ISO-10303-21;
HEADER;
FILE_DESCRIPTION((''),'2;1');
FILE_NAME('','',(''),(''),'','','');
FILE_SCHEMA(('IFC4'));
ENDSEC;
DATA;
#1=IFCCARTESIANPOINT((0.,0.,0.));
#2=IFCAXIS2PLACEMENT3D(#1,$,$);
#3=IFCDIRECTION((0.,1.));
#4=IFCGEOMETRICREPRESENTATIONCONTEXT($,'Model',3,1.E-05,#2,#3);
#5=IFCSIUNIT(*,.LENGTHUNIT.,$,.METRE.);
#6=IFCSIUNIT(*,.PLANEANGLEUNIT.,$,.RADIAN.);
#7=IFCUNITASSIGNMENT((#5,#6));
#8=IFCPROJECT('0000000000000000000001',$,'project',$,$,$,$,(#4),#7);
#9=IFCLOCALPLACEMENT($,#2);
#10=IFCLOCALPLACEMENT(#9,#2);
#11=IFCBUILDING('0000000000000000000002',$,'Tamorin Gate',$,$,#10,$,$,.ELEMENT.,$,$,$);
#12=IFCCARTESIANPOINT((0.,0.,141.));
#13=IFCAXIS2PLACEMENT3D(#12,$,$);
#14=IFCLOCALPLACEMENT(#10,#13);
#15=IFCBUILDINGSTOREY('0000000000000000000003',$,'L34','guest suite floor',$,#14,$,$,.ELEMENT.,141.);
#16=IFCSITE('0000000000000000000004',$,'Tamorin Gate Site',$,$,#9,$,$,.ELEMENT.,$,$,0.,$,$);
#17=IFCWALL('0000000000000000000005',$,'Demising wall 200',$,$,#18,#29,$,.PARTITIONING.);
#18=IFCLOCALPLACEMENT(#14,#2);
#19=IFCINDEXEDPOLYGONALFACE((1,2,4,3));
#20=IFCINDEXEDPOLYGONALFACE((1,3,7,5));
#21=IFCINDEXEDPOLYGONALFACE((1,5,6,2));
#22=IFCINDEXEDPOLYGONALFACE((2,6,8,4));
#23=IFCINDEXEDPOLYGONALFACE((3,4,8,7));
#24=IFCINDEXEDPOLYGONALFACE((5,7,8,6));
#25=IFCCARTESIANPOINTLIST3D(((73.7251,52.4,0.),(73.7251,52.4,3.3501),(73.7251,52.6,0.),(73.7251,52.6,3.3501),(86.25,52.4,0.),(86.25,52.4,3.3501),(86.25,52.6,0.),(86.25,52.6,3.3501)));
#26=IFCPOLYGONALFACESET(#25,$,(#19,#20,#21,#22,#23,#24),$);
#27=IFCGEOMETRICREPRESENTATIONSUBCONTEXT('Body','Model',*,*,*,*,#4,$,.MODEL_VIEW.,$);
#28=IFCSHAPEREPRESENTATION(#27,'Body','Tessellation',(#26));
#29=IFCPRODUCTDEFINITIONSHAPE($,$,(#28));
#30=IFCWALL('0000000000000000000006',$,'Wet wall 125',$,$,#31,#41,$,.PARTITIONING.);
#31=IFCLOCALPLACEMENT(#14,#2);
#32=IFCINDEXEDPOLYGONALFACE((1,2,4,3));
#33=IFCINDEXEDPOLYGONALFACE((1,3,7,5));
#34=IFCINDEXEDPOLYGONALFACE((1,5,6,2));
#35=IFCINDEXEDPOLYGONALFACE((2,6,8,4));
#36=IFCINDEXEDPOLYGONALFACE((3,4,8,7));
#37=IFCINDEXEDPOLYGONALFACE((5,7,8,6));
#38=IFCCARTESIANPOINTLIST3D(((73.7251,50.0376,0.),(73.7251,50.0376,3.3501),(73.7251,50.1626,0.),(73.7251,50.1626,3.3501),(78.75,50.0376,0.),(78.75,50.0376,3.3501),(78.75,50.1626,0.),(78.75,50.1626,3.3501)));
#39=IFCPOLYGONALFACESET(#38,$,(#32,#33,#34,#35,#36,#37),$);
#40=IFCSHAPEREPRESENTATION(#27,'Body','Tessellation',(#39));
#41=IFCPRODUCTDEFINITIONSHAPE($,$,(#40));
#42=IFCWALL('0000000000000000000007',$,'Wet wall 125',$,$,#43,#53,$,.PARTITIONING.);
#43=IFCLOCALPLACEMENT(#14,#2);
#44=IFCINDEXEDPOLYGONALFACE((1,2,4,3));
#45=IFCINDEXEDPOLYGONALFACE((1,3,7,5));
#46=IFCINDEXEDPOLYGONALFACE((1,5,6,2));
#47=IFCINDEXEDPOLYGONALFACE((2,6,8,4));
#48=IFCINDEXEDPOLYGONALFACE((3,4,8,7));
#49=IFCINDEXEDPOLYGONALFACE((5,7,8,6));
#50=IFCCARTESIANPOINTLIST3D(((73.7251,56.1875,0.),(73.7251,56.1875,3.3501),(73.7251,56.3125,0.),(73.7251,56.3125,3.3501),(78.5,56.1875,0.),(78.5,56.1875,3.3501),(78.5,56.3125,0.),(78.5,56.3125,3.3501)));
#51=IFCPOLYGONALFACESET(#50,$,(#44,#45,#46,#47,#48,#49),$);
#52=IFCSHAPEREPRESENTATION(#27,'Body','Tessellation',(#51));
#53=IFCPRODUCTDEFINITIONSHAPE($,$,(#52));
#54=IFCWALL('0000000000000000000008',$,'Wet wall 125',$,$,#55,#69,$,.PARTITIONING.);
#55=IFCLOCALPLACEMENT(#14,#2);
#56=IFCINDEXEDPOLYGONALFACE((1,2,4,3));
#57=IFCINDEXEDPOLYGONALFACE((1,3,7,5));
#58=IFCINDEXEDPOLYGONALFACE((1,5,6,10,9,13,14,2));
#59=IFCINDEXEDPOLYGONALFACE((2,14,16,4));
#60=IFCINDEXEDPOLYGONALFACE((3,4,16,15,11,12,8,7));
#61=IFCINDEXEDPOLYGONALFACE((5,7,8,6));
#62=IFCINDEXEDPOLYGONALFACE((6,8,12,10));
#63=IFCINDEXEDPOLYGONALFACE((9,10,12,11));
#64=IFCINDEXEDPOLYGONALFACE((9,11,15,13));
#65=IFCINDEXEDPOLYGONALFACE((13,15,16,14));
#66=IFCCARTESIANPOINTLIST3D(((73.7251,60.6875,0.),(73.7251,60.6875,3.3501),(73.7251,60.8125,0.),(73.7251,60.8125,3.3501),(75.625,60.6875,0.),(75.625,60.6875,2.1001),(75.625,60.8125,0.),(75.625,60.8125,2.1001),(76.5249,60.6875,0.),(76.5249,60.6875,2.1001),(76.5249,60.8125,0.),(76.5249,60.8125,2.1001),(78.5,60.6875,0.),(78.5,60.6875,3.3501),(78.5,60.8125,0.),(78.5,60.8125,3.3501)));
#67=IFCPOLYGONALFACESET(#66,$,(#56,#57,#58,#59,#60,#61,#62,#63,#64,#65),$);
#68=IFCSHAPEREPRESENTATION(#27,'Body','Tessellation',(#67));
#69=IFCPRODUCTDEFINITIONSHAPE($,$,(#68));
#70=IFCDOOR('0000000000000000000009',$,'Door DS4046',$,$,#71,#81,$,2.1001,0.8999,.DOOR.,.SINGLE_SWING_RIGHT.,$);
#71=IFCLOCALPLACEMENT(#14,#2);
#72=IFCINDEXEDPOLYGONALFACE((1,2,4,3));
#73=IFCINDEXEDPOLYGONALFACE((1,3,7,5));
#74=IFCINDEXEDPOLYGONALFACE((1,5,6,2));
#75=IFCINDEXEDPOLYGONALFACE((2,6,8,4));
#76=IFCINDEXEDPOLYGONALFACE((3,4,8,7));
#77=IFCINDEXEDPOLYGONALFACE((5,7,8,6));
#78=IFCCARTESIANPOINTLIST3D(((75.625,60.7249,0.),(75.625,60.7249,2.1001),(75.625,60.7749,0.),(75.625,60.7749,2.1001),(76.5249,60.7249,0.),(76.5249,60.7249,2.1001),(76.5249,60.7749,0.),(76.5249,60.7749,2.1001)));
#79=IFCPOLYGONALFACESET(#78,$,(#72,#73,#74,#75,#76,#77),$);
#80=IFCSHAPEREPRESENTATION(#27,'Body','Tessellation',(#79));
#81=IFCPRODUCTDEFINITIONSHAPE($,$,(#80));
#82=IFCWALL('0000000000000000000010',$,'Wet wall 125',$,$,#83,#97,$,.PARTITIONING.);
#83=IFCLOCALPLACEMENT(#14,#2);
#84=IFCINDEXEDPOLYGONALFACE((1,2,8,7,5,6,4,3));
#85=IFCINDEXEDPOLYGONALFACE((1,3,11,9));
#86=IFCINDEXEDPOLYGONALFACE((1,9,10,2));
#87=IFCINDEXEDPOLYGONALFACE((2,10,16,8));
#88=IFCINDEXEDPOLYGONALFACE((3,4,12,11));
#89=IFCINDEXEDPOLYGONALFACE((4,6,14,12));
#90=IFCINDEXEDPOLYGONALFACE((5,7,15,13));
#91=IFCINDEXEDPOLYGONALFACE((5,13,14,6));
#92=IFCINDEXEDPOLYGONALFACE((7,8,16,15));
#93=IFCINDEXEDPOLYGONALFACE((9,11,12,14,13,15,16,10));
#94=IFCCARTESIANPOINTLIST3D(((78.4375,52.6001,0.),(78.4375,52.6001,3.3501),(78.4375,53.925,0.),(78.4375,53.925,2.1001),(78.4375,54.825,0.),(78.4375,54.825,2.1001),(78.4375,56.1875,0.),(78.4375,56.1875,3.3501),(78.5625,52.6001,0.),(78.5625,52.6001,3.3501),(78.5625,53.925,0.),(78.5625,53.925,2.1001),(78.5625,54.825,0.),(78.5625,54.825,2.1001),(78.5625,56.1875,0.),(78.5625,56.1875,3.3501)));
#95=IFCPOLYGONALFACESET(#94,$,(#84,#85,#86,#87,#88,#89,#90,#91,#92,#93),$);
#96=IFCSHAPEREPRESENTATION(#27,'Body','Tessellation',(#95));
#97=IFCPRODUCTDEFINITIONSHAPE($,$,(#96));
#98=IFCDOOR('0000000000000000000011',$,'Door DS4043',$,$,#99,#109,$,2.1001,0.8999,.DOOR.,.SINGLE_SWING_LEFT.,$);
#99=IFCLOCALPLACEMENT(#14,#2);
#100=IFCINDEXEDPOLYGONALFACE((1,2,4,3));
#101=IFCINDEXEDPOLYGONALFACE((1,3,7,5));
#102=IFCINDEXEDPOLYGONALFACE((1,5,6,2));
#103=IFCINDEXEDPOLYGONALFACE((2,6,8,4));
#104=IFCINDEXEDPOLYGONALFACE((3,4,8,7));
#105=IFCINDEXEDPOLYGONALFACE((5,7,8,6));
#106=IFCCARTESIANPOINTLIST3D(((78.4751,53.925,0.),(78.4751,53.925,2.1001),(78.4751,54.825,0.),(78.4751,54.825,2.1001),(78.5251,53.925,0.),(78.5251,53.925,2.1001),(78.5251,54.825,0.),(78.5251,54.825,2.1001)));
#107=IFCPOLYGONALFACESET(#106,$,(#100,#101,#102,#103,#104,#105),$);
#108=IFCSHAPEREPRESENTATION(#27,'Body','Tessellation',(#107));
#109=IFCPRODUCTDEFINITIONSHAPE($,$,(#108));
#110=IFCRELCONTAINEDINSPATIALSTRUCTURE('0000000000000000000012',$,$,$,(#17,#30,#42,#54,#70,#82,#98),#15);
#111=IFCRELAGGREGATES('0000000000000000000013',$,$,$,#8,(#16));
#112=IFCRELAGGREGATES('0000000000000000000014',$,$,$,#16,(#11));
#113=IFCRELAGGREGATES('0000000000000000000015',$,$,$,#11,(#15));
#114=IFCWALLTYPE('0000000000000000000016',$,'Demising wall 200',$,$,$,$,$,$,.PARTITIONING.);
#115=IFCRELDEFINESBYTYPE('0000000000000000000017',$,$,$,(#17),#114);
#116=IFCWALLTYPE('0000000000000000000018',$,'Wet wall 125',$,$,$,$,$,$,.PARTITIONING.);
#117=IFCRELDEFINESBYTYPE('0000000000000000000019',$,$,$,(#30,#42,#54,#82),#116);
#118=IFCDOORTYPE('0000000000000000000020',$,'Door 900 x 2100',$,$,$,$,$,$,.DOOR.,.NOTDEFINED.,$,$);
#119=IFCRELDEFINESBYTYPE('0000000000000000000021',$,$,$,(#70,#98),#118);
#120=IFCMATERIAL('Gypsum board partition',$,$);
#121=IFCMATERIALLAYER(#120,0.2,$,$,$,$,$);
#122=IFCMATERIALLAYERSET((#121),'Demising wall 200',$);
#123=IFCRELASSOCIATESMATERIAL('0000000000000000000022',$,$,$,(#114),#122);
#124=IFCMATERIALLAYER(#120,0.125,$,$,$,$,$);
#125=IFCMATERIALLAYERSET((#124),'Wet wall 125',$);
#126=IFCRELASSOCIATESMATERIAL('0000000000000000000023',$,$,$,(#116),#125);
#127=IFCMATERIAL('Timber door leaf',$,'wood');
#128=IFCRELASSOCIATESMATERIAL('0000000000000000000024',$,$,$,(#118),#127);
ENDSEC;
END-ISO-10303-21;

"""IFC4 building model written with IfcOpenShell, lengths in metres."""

from ifc_helpers import new_model, si_unit, direction, frame, frame_2d, origin, place, context, subcontext, project, spatial, rectangle, extrude, material, layer, layer_set, type_object, element, fill, save


model = new_model("IFC4")

# Units and contexts
model_context = context("Model", 3, precision=1e-05, world=origin(), true_north=direction((0.0, 1.0)))
body_context = subcontext(model_context, "Body", "Model", "MODEL_VIEW")
ifc_project = project(units=[si_unit("LENGTHUNIT", "METRE"), si_unit("PLANEANGLEUNIT", "RADIAN")], contexts=[model_context])

# Site, building, storey
site_placement = place(None, origin())
site = spatial("IfcSite", under=ifc_project, at=site_placement, Name="Tamorin Gate Site", CompositionType="ELEMENT", RefElevation=0.0)
building_placement = place(site_placement, origin())
building = spatial("IfcBuilding", under=site, at=building_placement, Name="Tamorin Gate", CompositionType="ELEMENT")
storey_placement = place(building_placement, frame((0.0, 0.0, 141.0)))
storey = spatial("IfcBuildingStorey", under=building, at=storey_placement, Name="L34", Description="guest suite floor", CompositionType="ELEMENT", Elevation=141.0)

# Shared definitions
ifc_material_1 = material(Name="Gypsum board partition")
ifc_material_2 = material(Name="Timber door leaf", Category="wood")

# Walls
ifc_layer_1 = layer(ifc_material_1, 0.2)
ifc_layer_set_1 = layer_set([ifc_layer_1], Name="Demising wall 200")
wall_type_1 = type_object("IfcWallType", Name="Demising wall 200", PredefinedType="PARTITIONING", material=ifc_layer_set_1)
wall_1_placement = place(storey_placement, frame((73.7251, 52.5, 0.0), z_axis=(0.0, 0.0, 1.0), x_axis=(1.0, 0.0, 0.0)))
element("IfcWall", 1, at=wall_1_placement, inside=storey, type_object=wall_type_1, Name="Demising wall 200", PredefinedType="PARTITIONING", context=body_context, shape_type="SweptSolid", body=[
    extrude(rectangle(XDim=12.5249, YDim=0.2, at=frame_2d((6.2625, 0.0))), origin(), (0.0, 0.0, 1.0), 3.3501),
])
ifc_layer_2 = layer(ifc_material_1, 0.125)
ifc_layer_set_2 = layer_set([ifc_layer_2], Name="Wet wall 125")
wall_type_2 = type_object("IfcWallType", Name="Wet wall 125", PredefinedType="PARTITIONING", material=ifc_layer_set_2)
wall_2_placement = place(storey_placement, frame((73.7251, 50.1001, 0.0), z_axis=(0.0, 0.0, 1.0), x_axis=(1.0, 0.0, 0.0)))
element("IfcWall", 2, at=wall_2_placement, inside=storey, type_object=wall_type_2, Name="Wet wall 125", PredefinedType="PARTITIONING", context=body_context, shape_type="SweptSolid", body=[
    extrude(rectangle(XDim=5.0249, YDim=0.125, at=frame_2d((2.5125, 0.0))), origin(), (0.0, 0.0, 1.0), 3.3501),
])
wall_3_placement = place(storey_placement, frame((73.7251, 56.25, 0.0), z_axis=(0.0, 0.0, 1.0), x_axis=(1.0, 0.0, 0.0)))
element("IfcWall", 3, at=wall_3_placement, inside=storey, type_object=wall_type_2, Name="Wet wall 125", PredefinedType="PARTITIONING", context=body_context, shape_type="SweptSolid", body=[
    extrude(rectangle(XDim=4.7749, YDim=0.125, at=frame_2d((2.3875, 0.0))), origin(), (0.0, 0.0, 1.0), 3.3501),
])

# Walls, openings, doors
wall_4_placement = place(storey_placement, frame((73.7251, 60.75, 0.0), z_axis=(0.0, 0.0, 1.0), x_axis=(1.0, 0.0, 0.0)))
wall_4 = element("IfcWall", 4, at=wall_4_placement, inside=storey, type_object=wall_type_2, Name="Wet wall 125", PredefinedType="PARTITIONING", context=body_context, shape_type="SweptSolid", body=[
    extrude(rectangle(XDim=4.7749, YDim=0.125, at=frame_2d((2.3875, 0.0))), origin(), (0.0, 0.0, 1.0), 3.3501),
])
opening_1_placement = place(wall_4_placement, frame((1.8999, 0.0, 0.0)))
opening_1 = element("IfcOpeningElement", 5, at=opening_1_placement, cuts=wall_4, PredefinedType="OPENING", context=body_context, shape_type="SweptSolid", body=[
    extrude(rectangle(XDim=0.8999, YDim=2.1001, at=frame_2d((0.45, 1.05))), frame((0.0, 0.0725, 0.0), z_axis=(0.0, -1.0, 0.0), x_axis=(1.0, 0.0, 0.0)), (0.0, 0.0, 1.0), 0.145),
])
door_type_1 = type_object("IfcDoorType", Name="Door 900 x 2100", OperationType="NOTDEFINED", PredefinedType="DOOR", material=ifc_material_2)
door_1_placement = place(opening_1_placement, origin())
door_1 = element("IfcDoor", 6, at=door_1_placement, inside=storey, type_object=door_type_1, Name="Door DS4046", OperationType="SINGLE_SWING_RIGHT", OverallHeight=2.1001, OverallWidth=0.8999, PredefinedType="DOOR", context=body_context, shape_type="SweptSolid", body=[
    extrude(rectangle(XDim=0.8999, YDim=2.1001, at=frame_2d((0.45, 1.05))), frame((0.0, 0.0249, 0.0), z_axis=(0.0, -1.0, 0.0), x_axis=(1.0, 0.0, 0.0)), (0.0, 0.0, 1.0), 0.05),
])
fill(opening_1, door_1)
wall_5_placement = place(storey_placement, frame((78.5, 52.6001, 0.0), z_axis=(0.0, 0.0, 1.0), x_axis=(0.0, 1.0, 0.0)))
wall_5 = element("IfcWall", 7, at=wall_5_placement, inside=storey, type_object=wall_type_2, Name="Wet wall 125", PredefinedType="PARTITIONING", context=body_context, shape_type="SweptSolid", body=[
    extrude(rectangle(XDim=3.5874, YDim=0.125, at=frame_2d((1.7937, 0.0))), origin(), (0.0, 0.0, 1.0), 3.3501),
])
opening_2_placement = place(wall_5_placement, frame((1.325, 0.0, 0.0)))
opening_2 = element("IfcOpeningElement", 8, at=opening_2_placement, cuts=wall_5, PredefinedType="OPENING", context=body_context, shape_type="SweptSolid", body=[
    extrude(rectangle(XDim=0.8999, YDim=2.1001, at=frame_2d((0.45, 1.05))), frame((0.0, 0.0725, 0.0), z_axis=(0.0, -1.0, 0.0), x_axis=(1.0, 0.0, 0.0)), (0.0, 0.0, 1.0), 0.145),
])
door_2_placement = place(opening_2_placement, origin())
door_2 = element("IfcDoor", 9, at=door_2_placement, inside=storey, type_object=door_type_1, Name="Door DS4043", OperationType="SINGLE_SWING_LEFT", OverallHeight=2.1001, OverallWidth=0.8999, PredefinedType="DOOR", context=body_context, shape_type="SweptSolid", body=[
    extrude(rectangle(XDim=0.8999, YDim=2.1001, at=frame_2d((0.45, 1.05))), frame((0.0, 0.0249, 0.0), z_axis=(0.0, -1.0, 0.0), x_axis=(1.0, 0.0, 0.0)), (0.0, 0.0, 1.0), 0.05),
])
fill(opening_2, door_2)

save(model, "model.ifc")
